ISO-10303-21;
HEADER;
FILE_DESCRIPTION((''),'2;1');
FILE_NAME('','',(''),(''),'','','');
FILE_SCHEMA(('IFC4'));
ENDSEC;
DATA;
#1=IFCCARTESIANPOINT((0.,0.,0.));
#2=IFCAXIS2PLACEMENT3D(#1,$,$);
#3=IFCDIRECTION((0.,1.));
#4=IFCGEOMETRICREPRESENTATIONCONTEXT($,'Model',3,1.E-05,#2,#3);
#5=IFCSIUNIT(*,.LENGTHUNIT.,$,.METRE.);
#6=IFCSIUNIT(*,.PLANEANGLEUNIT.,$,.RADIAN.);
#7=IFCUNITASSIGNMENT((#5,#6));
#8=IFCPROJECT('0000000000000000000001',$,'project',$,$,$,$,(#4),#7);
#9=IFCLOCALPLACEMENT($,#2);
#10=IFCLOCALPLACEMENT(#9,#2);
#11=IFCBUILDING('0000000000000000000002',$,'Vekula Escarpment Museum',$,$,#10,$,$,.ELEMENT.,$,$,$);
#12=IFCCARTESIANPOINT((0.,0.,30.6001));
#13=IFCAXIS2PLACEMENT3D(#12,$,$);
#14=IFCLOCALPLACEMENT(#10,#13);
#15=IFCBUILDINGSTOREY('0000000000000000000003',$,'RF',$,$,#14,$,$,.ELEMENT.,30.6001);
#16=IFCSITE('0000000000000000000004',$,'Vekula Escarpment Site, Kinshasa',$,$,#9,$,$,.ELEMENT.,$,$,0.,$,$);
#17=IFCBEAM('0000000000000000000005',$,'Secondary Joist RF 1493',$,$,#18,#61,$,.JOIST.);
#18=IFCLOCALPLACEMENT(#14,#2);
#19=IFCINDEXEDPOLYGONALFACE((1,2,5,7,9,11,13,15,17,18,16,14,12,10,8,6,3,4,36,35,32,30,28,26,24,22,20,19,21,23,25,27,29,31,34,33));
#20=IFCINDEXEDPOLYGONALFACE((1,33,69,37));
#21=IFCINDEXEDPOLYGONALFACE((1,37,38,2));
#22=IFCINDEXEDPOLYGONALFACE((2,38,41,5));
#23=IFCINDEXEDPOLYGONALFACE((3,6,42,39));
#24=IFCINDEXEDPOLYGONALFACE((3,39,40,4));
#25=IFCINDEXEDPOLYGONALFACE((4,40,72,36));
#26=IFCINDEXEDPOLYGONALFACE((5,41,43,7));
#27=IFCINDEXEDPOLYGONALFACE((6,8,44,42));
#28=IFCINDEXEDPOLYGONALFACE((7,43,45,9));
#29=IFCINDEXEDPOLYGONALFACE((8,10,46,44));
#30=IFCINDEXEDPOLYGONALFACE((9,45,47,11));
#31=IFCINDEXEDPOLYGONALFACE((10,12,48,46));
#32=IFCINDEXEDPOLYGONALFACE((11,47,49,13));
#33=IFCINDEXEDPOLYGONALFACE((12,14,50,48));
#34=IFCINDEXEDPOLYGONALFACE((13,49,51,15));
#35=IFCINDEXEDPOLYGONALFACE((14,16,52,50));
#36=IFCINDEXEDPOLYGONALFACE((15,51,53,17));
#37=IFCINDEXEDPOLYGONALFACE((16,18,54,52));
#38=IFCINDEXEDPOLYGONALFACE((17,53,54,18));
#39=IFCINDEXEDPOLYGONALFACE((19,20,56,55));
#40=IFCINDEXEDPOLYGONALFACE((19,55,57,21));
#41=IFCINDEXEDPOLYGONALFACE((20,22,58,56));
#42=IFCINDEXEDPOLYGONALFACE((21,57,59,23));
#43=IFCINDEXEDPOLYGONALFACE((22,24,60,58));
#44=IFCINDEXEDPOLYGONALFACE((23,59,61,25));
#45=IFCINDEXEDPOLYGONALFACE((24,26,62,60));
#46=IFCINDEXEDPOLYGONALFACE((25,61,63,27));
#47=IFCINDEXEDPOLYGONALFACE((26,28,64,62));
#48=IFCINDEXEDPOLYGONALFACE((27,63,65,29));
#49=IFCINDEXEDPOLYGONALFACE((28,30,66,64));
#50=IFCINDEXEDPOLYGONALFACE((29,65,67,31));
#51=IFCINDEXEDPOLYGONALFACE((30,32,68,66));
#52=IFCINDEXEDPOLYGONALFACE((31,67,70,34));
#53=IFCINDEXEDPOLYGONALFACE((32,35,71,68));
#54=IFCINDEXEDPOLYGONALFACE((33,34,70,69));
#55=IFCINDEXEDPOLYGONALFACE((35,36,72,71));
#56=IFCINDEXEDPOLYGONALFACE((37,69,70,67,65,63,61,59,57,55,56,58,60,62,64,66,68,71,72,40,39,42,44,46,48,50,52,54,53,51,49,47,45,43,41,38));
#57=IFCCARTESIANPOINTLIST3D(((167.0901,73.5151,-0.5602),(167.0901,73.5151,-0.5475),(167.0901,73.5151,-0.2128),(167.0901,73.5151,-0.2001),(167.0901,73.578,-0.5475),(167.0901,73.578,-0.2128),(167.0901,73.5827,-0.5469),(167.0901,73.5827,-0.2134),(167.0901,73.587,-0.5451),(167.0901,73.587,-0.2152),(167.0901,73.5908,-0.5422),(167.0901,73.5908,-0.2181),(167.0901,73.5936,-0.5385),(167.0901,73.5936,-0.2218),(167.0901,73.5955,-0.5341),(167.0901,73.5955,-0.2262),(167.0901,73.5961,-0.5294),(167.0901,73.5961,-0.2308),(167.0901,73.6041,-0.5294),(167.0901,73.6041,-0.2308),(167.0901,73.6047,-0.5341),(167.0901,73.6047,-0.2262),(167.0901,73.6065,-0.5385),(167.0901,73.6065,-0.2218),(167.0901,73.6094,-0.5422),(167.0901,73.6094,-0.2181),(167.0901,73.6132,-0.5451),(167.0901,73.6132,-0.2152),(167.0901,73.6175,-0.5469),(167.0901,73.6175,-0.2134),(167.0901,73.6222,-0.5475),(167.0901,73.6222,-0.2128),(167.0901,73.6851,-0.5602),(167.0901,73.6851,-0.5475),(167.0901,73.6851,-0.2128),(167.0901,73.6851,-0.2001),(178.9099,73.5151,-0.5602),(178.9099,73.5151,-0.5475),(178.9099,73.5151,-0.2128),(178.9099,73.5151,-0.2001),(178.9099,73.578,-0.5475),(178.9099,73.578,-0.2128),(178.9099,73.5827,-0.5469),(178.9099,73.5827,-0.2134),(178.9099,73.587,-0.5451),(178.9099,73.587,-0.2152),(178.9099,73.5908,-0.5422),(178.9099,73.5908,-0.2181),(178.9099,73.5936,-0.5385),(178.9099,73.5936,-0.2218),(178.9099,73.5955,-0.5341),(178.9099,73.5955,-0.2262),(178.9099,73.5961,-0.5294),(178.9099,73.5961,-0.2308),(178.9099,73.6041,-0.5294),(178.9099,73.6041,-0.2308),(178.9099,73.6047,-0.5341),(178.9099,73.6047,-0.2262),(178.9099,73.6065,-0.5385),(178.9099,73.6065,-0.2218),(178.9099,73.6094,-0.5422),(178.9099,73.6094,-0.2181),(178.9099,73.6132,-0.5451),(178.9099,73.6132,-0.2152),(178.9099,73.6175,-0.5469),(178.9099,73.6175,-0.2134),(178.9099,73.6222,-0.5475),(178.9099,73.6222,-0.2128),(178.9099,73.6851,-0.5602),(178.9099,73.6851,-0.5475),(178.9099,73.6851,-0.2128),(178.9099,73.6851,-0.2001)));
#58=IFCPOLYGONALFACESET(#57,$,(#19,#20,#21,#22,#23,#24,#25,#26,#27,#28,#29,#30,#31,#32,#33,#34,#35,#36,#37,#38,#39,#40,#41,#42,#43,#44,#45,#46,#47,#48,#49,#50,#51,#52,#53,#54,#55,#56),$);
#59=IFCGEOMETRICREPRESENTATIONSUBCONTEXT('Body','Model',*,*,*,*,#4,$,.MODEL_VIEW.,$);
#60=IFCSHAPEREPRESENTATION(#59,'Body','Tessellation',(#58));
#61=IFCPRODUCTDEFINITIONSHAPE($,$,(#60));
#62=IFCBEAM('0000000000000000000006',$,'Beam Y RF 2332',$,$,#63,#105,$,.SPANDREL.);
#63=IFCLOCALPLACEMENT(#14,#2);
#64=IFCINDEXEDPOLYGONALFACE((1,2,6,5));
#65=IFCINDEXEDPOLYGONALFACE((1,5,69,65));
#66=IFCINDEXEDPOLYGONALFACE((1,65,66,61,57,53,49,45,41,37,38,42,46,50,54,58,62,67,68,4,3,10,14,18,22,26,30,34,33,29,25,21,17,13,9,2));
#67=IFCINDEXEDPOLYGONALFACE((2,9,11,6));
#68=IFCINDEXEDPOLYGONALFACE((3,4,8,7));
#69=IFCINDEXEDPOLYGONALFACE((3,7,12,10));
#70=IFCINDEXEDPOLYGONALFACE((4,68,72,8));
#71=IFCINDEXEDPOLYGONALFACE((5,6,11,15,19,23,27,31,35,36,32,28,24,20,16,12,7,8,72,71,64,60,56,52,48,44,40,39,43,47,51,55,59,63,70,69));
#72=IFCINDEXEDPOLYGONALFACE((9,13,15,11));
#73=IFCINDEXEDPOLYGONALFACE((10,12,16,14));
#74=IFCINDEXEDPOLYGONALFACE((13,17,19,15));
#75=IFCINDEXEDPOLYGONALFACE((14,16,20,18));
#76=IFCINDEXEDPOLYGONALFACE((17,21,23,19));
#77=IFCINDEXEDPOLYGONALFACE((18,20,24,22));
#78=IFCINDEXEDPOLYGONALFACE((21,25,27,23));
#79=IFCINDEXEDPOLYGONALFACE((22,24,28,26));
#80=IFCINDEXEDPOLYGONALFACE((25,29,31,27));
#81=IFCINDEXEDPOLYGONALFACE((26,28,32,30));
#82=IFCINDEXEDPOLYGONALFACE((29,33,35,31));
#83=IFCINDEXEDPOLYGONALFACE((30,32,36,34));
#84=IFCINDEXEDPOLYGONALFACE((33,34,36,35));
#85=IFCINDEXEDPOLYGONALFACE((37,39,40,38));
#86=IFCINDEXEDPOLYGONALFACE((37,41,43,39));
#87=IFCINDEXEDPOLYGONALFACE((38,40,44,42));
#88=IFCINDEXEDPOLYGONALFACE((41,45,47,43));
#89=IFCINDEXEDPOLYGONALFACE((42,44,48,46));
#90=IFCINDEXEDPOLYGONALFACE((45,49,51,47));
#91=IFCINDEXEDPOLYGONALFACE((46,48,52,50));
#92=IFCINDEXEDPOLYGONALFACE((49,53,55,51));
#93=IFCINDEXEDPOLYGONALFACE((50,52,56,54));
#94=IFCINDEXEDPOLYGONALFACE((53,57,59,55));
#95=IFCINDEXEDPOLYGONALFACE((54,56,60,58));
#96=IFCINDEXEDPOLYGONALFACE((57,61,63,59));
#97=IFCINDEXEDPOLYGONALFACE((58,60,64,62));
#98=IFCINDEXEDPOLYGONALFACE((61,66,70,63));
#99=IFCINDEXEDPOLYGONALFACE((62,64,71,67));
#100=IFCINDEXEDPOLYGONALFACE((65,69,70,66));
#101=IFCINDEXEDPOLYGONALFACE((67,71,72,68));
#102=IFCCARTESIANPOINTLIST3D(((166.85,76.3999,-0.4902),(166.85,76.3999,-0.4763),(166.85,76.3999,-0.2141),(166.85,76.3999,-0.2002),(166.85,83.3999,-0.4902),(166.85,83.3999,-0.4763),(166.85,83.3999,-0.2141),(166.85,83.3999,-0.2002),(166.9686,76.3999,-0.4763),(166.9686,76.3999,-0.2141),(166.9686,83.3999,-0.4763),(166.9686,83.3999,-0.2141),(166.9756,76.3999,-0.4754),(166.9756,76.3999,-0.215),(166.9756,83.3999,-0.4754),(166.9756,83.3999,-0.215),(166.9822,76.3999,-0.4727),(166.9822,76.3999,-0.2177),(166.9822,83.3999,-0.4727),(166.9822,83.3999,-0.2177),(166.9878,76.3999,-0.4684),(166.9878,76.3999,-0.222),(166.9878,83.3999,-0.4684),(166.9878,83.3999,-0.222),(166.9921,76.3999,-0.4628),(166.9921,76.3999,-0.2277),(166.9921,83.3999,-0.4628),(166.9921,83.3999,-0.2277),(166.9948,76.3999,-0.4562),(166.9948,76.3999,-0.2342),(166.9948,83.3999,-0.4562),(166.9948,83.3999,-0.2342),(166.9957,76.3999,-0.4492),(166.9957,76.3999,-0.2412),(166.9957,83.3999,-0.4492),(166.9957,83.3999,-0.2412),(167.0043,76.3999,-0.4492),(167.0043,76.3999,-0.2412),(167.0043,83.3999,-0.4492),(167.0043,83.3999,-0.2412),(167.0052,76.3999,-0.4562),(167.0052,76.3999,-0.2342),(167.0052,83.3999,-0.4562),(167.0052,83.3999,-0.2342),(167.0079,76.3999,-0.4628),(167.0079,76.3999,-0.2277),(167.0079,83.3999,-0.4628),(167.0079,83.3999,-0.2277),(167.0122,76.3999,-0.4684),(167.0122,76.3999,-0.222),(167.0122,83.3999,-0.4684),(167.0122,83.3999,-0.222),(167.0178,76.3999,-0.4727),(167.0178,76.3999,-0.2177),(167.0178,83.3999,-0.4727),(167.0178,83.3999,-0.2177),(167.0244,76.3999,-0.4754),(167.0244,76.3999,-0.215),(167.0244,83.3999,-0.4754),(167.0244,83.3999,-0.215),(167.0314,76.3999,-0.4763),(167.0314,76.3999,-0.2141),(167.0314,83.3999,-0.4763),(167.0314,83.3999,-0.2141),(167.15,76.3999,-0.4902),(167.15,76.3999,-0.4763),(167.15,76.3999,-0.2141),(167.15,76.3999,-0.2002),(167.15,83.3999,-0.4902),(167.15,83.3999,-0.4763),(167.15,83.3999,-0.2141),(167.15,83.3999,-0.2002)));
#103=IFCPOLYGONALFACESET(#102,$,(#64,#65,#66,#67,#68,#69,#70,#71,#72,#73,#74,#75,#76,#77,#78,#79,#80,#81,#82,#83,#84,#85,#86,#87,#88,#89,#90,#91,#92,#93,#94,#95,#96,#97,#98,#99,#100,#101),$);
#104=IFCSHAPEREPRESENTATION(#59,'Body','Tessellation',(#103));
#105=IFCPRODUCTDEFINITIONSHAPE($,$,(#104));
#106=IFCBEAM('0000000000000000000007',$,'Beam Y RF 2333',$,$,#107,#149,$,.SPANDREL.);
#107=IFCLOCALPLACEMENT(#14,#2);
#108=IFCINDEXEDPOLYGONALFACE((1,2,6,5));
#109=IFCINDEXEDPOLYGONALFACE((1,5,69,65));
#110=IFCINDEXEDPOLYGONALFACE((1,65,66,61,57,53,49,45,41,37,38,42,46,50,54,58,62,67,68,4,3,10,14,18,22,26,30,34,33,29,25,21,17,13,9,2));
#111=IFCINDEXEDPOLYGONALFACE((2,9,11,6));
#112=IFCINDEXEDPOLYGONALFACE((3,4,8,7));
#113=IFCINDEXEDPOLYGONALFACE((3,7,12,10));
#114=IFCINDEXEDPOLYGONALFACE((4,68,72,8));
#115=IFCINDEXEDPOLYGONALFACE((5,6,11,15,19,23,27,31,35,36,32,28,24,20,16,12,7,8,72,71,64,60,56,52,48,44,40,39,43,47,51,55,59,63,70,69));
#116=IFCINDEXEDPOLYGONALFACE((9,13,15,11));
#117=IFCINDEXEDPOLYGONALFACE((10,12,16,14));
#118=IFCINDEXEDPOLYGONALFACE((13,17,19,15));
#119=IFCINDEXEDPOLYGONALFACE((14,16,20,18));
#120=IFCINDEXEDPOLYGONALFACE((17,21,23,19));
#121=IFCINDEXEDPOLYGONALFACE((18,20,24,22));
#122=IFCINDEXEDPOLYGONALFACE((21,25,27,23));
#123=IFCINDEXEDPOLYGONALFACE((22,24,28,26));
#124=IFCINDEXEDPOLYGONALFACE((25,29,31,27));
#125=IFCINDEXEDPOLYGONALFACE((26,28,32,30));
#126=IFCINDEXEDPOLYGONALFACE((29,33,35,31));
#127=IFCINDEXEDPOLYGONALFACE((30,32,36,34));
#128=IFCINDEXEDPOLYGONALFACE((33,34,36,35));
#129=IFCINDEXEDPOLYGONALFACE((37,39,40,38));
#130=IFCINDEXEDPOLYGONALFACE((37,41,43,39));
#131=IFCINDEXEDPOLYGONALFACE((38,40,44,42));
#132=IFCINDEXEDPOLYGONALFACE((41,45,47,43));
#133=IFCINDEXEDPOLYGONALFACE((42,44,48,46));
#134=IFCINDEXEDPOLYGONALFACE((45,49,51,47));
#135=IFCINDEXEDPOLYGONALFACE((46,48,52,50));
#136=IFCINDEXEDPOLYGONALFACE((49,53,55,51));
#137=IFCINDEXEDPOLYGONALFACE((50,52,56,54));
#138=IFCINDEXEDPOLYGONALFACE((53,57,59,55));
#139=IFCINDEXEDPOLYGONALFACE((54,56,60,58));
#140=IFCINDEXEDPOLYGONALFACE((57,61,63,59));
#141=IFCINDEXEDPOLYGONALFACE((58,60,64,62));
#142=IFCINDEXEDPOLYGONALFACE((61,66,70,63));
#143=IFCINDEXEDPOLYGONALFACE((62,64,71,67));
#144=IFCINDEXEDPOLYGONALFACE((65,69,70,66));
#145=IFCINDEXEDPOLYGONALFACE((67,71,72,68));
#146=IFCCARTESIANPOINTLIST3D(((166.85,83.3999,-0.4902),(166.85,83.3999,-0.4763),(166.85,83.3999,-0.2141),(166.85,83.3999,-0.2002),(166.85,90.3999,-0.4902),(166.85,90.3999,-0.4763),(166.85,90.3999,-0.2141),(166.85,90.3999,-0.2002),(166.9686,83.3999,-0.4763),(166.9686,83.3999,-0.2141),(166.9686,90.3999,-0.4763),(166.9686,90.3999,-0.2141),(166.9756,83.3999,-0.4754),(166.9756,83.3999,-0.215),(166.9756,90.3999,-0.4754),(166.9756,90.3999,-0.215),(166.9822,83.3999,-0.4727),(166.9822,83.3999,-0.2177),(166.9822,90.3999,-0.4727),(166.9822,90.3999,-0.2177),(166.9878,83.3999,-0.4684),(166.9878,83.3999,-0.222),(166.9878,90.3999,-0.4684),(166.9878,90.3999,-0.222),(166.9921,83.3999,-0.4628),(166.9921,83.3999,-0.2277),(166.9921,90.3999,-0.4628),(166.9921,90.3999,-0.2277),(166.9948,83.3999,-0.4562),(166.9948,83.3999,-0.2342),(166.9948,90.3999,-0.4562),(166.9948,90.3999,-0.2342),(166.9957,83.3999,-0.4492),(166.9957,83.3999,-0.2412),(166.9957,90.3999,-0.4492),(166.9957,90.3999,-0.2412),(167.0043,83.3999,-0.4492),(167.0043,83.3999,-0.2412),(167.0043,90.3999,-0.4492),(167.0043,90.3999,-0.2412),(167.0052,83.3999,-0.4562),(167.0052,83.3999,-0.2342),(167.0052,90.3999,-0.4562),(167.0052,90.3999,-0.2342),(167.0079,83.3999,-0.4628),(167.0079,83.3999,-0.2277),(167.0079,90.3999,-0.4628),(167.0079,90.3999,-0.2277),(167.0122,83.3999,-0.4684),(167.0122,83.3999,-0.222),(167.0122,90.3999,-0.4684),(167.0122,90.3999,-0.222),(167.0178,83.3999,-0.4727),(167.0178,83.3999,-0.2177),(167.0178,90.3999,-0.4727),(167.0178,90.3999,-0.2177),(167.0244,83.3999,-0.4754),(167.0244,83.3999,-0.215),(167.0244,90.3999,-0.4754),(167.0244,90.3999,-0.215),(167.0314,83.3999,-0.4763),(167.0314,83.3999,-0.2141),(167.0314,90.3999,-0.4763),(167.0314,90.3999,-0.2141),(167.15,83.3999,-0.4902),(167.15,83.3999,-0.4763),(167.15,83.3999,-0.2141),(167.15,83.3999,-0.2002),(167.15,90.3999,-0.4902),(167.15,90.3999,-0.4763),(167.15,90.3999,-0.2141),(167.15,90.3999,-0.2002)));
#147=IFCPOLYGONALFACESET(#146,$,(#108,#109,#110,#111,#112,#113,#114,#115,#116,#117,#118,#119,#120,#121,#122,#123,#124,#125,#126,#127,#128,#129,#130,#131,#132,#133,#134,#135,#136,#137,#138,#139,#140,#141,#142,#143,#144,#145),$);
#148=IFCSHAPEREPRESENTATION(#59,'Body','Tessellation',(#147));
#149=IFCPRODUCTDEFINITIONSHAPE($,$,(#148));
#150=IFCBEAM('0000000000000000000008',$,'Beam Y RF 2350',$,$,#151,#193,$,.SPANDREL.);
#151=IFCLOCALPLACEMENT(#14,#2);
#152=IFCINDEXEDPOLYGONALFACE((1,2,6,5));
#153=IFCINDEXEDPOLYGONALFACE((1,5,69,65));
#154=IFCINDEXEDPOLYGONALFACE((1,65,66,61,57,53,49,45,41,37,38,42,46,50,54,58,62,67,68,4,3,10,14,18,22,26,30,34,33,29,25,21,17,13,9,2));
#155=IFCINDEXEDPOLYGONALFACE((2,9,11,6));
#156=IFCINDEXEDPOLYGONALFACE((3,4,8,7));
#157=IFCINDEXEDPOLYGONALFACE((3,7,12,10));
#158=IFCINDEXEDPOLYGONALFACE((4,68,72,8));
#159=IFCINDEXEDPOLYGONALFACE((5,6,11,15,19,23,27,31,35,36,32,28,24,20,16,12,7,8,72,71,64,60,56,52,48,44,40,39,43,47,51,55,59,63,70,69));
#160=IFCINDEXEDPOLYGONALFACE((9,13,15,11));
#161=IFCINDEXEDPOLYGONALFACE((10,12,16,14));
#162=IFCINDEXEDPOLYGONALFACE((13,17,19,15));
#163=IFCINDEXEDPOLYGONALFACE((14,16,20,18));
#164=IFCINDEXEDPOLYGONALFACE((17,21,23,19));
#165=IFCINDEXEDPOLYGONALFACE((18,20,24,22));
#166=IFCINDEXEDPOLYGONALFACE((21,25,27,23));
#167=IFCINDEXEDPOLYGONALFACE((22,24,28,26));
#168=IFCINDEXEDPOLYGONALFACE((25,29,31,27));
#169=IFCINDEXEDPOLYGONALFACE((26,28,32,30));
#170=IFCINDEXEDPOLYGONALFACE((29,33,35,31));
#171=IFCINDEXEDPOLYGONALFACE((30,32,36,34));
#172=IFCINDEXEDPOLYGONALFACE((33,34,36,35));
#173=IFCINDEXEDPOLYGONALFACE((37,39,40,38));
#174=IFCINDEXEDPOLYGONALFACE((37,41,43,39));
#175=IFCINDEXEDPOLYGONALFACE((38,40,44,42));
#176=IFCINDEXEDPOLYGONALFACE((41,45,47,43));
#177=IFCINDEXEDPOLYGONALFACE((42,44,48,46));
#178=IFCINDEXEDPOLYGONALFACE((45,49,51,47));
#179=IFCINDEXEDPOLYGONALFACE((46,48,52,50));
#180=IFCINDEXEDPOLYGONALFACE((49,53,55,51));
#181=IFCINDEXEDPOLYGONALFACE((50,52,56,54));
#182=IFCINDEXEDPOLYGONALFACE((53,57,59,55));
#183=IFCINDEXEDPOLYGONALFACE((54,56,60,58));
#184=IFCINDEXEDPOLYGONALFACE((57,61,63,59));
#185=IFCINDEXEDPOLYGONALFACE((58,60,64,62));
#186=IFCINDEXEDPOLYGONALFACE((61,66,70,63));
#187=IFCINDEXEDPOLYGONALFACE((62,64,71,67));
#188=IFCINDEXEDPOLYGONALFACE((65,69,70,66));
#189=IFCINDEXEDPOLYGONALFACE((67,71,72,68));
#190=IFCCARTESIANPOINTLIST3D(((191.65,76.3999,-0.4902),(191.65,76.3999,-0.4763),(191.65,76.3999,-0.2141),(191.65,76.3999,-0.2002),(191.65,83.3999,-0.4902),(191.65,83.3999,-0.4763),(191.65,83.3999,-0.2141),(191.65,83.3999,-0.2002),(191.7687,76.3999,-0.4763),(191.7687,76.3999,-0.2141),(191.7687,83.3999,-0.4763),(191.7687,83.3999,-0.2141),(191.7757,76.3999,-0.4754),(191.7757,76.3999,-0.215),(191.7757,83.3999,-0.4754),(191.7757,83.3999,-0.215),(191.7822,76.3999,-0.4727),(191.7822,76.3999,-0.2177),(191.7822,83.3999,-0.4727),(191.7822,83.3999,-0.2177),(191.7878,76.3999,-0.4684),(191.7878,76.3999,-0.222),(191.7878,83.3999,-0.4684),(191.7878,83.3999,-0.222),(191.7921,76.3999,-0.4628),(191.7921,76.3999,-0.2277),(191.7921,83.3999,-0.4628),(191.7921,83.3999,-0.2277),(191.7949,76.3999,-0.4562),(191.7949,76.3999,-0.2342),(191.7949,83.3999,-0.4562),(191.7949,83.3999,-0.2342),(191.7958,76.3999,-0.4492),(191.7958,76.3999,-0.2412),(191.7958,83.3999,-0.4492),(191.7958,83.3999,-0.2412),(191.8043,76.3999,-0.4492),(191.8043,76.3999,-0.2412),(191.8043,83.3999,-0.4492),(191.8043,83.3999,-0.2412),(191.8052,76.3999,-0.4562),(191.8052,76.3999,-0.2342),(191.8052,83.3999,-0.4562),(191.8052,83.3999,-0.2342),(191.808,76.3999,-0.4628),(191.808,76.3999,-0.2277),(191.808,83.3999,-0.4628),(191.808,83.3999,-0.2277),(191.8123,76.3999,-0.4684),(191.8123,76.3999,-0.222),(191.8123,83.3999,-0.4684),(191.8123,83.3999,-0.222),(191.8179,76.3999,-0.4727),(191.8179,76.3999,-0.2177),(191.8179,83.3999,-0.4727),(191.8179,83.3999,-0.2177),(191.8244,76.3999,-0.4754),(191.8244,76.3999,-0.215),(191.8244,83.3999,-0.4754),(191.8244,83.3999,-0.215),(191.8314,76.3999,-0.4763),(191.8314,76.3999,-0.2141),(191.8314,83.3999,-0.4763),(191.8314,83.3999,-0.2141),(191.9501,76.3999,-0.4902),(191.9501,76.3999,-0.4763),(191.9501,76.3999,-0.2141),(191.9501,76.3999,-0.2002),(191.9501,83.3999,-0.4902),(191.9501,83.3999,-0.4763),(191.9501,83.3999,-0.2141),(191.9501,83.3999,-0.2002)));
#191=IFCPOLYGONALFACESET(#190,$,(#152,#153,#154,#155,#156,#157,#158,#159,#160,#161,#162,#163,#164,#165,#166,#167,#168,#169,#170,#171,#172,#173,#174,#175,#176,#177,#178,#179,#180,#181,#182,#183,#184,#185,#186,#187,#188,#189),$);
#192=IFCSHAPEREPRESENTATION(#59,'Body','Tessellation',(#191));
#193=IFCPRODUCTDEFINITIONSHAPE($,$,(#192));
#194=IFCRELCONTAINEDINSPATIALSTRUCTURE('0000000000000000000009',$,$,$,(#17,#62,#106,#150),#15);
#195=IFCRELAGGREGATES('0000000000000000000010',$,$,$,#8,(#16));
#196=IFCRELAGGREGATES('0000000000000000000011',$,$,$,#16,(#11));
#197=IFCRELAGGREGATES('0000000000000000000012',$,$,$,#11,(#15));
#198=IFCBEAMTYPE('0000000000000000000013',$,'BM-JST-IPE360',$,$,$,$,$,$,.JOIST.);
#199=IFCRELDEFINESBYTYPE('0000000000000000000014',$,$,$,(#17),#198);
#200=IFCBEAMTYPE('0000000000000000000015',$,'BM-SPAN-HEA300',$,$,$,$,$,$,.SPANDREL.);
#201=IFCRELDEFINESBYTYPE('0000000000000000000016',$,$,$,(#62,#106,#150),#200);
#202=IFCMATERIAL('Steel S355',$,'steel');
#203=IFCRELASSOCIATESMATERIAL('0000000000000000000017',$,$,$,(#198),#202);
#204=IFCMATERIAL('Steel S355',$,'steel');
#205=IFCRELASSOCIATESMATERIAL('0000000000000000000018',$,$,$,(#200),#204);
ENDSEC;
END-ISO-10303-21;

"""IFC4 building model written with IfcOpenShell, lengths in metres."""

from ifc_helpers import new_model, si_unit, direction, frame, origin, origin_2d, place, context, subcontext, project, spatial, i_section, extrude, material, material_profile, profile_set, type_object, element, save


model = new_model("IFC4")

# Units and contexts
model_context = context("Model", 3, precision=1e-05, world=origin(), true_north=direction((0.0, 1.0)))
body_context = subcontext(model_context, "Body", "Model", "MODEL_VIEW")
ifc_project = project(units=[si_unit("LENGTHUNIT", "METRE"), si_unit("PLANEANGLEUNIT", "RADIAN")], contexts=[model_context])

# Site, building, storey
site_placement = place(None, origin())
site = spatial("IfcSite", under=ifc_project, at=site_placement, Name="Vekula Escarpment Site, Kinshasa", CompositionType="ELEMENT", RefElevation=0.0)
building_placement = place(site_placement, origin())
building = spatial("IfcBuilding", under=site, at=building_placement, Name="Vekula Escarpment Museum", CompositionType="ELEMENT")
storey_placement = place(building_placement, frame((0.0, 0.0, 30.6001)))
storey = spatial("IfcBuildingStorey", under=building, at=storey_placement, Name="RF", CompositionType="ELEMENT", Elevation=30.6001)

# Beams
ifc_material_1 = material(Name="Steel S355", Category="steel")
ifc_material_profile_1 = material_profile(ifc_material_1, i_section(OverallWidth=0.1699, OverallDepth=0.3601, WebThickness=0.0081, FlangeThickness=0.0127, FilletRadius=0.0181, at=origin_2d()), Name="IPE 360")
ifc_profile_set_1 = profile_set([ifc_material_profile_1], Name="Steel S355")
beam_type_1 = type_object("IfcBeamType", Name="BM-JST-IPE360", PredefinedType="JOIST", material=ifc_profile_set_1)
for number, where, z_axis, x_axis, name in (
    (1, (167.0901, 73.6001, -0.3801), (1.0, 0.0, 0.0), (0.0, 1.0, 0.0), "Secondary Joist RF 1493"),
):
    element("IfcBeam", number, at=place(storey_placement, frame(where, z_axis=z_axis, x_axis=x_axis)), inside=storey, type_object=beam_type_1, Name=name, PredefinedType="JOIST", context=body_context, shape_type="SweptSolid", body=[
        extrude(i_section(OverallWidth=0.1699, OverallDepth=0.3601, WebThickness=0.0081, FlangeThickness=0.0127, FilletRadius=0.0181, at=origin_2d()), origin(), (0.0, 0.0, 1.0), 11.8198),
    ])
ifc_material_2 = material(Name="Steel S355", Category="steel")
ifc_material_profile_2 = material_profile(ifc_material_2, i_section(OverallWidth=0.3, OverallDepth=0.29, WebThickness=0.0085, FlangeThickness=0.0139, FilletRadius=0.0271, at=origin_2d()), Name="HEA 300")
ifc_profile_set_2 = profile_set([ifc_material_profile_2], Name="Steel S355")
beam_type_2 = type_object("IfcBeamType", Name="BM-SPAN-HEA300", PredefinedType="SPANDREL", material=ifc_profile_set_2)
for number, where, z_axis, x_axis, name in (
    (2, (167.0, 76.3999, -0.3452), (0.0, 1.0, 0.0), (-1.0, 0.0, 0.0), "Beam Y RF 2332"),
    (3, (167.0, 83.3999, -0.3452), (0.0, 1.0, 0.0), (-1.0, 0.0, 0.0), "Beam Y RF 2333"),
    (4, (191.8, 76.3999, -0.3452), (0.0, 1.0, 0.0), (-1.0, 0.0, 0.0), "Beam Y RF 2350"),
):
    element("IfcBeam", number, at=place(storey_placement, frame(where, z_axis=z_axis, x_axis=x_axis)), inside=storey, type_object=beam_type_2, Name=name, PredefinedType="SPANDREL", context=body_context, shape_type="SweptSolid", body=[
        extrude(i_section(OverallWidth=0.3, OverallDepth=0.29, WebThickness=0.0085, FlangeThickness=0.0139, FilletRadius=0.0271, at=origin_2d()), origin(), (0.0, 0.0, 1.0), 7.0),
    ])

save(model, "model.ifc")
